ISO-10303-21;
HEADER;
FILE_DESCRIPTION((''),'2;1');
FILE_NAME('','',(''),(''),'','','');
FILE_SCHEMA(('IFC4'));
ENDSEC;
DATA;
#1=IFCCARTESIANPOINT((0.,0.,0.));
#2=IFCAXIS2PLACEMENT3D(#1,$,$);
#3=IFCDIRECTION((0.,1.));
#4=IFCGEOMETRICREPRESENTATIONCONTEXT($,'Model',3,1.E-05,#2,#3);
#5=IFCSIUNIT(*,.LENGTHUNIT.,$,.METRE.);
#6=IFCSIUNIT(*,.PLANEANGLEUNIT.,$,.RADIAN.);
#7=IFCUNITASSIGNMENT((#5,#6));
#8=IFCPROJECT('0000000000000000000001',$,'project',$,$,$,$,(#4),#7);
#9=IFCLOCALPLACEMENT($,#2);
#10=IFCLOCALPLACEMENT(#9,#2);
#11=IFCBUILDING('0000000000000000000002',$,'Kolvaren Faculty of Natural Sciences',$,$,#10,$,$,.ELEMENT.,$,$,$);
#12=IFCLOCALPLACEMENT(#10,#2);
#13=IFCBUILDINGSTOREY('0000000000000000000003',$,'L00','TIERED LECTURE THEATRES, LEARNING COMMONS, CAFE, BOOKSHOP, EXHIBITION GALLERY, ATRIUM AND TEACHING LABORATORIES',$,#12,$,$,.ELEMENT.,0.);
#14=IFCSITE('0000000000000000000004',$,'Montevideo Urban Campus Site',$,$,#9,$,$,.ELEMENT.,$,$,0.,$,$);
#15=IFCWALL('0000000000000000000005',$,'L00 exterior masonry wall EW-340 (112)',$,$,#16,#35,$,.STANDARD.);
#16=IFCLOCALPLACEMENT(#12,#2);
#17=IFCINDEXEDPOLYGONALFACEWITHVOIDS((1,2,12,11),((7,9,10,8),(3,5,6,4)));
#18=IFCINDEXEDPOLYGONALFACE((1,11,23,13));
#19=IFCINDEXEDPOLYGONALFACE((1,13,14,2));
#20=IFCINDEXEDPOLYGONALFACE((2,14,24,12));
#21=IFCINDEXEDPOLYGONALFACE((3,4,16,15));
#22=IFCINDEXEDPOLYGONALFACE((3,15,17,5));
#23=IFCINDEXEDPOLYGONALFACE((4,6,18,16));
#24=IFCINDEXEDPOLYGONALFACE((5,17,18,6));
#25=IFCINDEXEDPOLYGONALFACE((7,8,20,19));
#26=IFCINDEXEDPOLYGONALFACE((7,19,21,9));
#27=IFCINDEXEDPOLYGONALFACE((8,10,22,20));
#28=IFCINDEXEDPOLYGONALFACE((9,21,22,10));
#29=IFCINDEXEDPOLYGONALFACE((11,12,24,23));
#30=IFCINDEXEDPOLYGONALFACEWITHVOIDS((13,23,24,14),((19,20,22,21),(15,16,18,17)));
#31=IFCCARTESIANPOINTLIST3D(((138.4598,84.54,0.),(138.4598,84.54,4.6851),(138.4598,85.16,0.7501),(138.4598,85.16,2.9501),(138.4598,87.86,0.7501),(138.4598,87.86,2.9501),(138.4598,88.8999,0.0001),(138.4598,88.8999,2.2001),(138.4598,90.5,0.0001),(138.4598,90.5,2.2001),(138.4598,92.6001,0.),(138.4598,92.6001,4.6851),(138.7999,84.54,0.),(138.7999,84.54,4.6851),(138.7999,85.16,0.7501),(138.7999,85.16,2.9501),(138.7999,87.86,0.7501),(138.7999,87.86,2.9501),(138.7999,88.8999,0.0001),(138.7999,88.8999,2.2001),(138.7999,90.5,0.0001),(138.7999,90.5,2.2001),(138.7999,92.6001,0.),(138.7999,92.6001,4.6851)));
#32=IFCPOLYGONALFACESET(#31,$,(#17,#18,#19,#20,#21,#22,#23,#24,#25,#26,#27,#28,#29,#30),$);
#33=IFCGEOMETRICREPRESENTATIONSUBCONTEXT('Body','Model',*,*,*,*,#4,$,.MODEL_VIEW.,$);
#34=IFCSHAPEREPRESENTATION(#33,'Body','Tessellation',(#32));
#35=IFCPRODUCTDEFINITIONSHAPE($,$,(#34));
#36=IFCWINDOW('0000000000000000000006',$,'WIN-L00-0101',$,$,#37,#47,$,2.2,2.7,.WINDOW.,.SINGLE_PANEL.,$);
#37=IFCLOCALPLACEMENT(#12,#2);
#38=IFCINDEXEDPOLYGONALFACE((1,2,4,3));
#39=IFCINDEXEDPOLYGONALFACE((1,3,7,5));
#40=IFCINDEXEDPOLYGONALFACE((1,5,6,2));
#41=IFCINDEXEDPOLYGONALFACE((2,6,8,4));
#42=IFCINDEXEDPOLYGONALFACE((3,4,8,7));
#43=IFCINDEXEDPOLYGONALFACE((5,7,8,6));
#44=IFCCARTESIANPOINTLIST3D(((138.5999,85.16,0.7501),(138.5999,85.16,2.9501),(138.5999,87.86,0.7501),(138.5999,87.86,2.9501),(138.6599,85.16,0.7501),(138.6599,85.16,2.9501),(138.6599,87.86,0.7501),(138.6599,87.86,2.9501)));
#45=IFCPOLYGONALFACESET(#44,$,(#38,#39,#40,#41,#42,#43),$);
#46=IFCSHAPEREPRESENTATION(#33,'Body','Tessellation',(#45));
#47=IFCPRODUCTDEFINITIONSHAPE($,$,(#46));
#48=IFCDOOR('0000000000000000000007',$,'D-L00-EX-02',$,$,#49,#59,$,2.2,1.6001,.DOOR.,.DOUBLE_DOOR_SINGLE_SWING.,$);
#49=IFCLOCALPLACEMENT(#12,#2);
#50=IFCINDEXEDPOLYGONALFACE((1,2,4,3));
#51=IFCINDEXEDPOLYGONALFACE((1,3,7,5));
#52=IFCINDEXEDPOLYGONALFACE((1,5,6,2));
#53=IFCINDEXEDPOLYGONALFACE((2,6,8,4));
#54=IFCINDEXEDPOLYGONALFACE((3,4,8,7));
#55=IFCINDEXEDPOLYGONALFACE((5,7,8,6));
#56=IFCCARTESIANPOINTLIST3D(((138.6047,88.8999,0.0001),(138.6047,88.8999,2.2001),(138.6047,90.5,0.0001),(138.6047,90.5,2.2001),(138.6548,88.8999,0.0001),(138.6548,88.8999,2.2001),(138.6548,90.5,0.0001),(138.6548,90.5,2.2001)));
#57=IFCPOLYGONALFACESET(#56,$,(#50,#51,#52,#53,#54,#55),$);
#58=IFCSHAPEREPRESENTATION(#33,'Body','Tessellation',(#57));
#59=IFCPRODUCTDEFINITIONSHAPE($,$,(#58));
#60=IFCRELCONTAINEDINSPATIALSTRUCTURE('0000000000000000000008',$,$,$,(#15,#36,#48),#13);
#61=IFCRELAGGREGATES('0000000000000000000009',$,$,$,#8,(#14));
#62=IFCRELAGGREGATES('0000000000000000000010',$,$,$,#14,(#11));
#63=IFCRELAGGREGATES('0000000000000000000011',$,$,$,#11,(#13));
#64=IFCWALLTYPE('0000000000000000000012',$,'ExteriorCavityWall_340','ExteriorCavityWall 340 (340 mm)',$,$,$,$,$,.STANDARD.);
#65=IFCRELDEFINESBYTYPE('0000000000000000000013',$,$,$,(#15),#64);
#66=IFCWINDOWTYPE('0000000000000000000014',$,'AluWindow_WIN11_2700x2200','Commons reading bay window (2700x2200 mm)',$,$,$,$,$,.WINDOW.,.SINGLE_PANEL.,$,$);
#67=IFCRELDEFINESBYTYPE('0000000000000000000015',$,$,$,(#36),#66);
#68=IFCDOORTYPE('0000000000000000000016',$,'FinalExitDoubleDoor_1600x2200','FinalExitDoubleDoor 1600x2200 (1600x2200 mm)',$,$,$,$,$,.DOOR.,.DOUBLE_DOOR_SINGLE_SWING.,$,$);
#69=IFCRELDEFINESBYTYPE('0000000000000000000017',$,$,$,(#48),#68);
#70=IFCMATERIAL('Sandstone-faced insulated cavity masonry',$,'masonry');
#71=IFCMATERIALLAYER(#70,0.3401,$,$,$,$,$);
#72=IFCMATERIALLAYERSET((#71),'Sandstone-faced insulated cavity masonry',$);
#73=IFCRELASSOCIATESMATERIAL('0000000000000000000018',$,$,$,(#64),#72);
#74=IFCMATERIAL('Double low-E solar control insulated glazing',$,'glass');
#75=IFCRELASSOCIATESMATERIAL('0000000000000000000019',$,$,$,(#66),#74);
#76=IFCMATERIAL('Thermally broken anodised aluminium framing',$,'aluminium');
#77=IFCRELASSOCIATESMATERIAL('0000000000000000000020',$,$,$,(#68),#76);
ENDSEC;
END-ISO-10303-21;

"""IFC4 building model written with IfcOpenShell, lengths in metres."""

from ifc_helpers import new_model, si_unit, direction, frame, frame_2d, origin, place, context, subcontext, project, spatial, rectangle, extrude, material, layer, layer_set, type_object, element, fill, save


model = new_model("IFC4")

# Units and contexts
model_context = context("Model", 3, precision=1e-05, world=origin(), true_north=direction((0.0, 1.0)))
body_context = subcontext(model_context, "Body", "Model", "MODEL_VIEW")
ifc_project = project(units=[si_unit("LENGTHUNIT", "METRE"), si_unit("PLANEANGLEUNIT", "RADIAN")], contexts=[model_context])

# Site, building, storey
site_placement = place(None, origin())
site = spatial("IfcSite", under=ifc_project, at=site_placement, Name="Montevideo Urban Campus Site", CompositionType="ELEMENT", RefElevation=0.0)
building_placement = place(site_placement, origin())
building = spatial("IfcBuilding", under=site, at=building_placement, Name="Kolvaren Faculty of Natural Sciences", CompositionType="ELEMENT")
storey_placement = place(building_placement, origin())
storey = spatial("IfcBuildingStorey", under=building, at=storey_placement, Name="L00", Description="TIERED LECTURE THEATRES, LEARNING COMMONS, CAFE, BOOKSHOP, EXHIBITION GALLERY, ATRIUM AND TEACHING LABORATORIES", CompositionType="ELEMENT", Elevation=0.0)

# Shared definitions
ifc_material_1 = material(Name="Sandstone-faced insulated cavity masonry", Category="masonry")
ifc_layer = layer(ifc_material_1, 0.3401)
ifc_layer_set = layer_set([ifc_layer], Name="Sandstone-faced insulated cavity masonry")
wall_type = type_object("IfcWallType", Name="ExteriorCavityWall_340", Description="ExteriorCavityWall 340 (340 mm)", PredefinedType="STANDARD", material=ifc_layer_set)
ifc_material_2 = material(Name="Double low-E solar control insulated glazing", Category="glass")

# Wall, openings, window, door
wall_1_placement = place(storey_placement, frame((138.6299, 92.6001, 0.0), z_axis=(0.0, 0.0, 1.0), x_axis=(0.0, -1.0, 0.0)))
wall_1 = element("IfcWall", 1, at=wall_1_placement, inside=storey, type_object=wall_type, Name="L00 exterior masonry wall EW-340 (112)", PredefinedType="STANDARD", context=body_context, shape_type="SweptSolid", body=[
    extrude(rectangle(XDim=8.0601, YDim=0.3401, at=frame_2d((4.03, 0.0))), origin(), (0.0, 0.0, 1.0), 4.6851),
])
opening_1_placement = place(wall_1_placement, frame((2.1001, 0.0, 0.0)))
opening_1 = element("IfcOpeningElement", 2, at=opening_1_placement, cuts=wall_1, PredefinedType="OPENING", context=body_context, shape_type="SweptSolid", body=[
    extrude(rectangle(XDim=1.6001, YDim=2.2, at=frame_2d((0.8, 1.1001))), frame((0.0, 0.1799, 0.0), z_axis=(0.0, -1.0, 0.0), x_axis=(1.0, 0.0, 0.0)), (0.0, 0.0, 1.0), 0.3601),
])
opening_2_placement = place(wall_1_placement, frame((4.74, 0.0, 0.75)))
opening_2 = element("IfcOpeningElement", 3, at=opening_2_placement, cuts=wall_1, PredefinedType="OPENING", context=body_context, shape_type="SweptSolid", body=[
    extrude(rectangle(XDim=2.7, YDim=2.2, at=frame_2d((1.3501, 1.1001))), frame((0.0, 0.1799, 0.0), z_axis=(0.0, -1.0, 0.0), x_axis=(1.0, 0.0, 0.0)), (0.0, 0.0, 1.0), 0.3601),
])
window_type_1 = type_object("IfcWindowType", Name="AluWindow_WIN11_2700x2200", Description="Commons reading bay window (2700x2200 mm)", PartitioningType="SINGLE_PANEL", PredefinedType="WINDOW", material=ifc_material_2)
window_1_placement = place(opening_2_placement, origin())
window_1 = element("IfcWindow", 4, at=window_1_placement, inside=storey, type_object=window_type_1, Name="WIN-L00-0101", OverallHeight=2.2, OverallWidth=2.7, PartitioningType="SINGLE_PANEL", PredefinedType="WINDOW", context=body_context, shape_type="SweptSolid", body=[
    extrude(rectangle(XDim=2.7, YDim=2.2, at=frame_2d((1.3501, 1.1001))), frame((0.0, 0.03, 0.0), z_axis=(0.0, -1.0, 0.0), x_axis=(1.0, 0.0, 0.0)), (0.0, 0.0, 1.0), 0.0601),
])
fill(opening_2, window_1)
ifc_material_3 = material(Name="Thermally broken anodised aluminium framing", Category="aluminium")
door_type = type_object("IfcDoorType", Name="FinalExitDoubleDoor_1600x2200", Description="FinalExitDoubleDoor 1600x2200 (1600x2200 mm)", OperationType="DOUBLE_DOOR_SINGLE_SWING", PredefinedType="DOOR", material=ifc_material_3)
door_placement = place(opening_1_placement, origin())
door = element("IfcDoor", 5, at=door_placement, inside=storey, type_object=door_type, Name="D-L00-EX-02", OperationType="DOUBLE_DOOR_SINGLE_SWING", OverallHeight=2.2, OverallWidth=1.6001, PredefinedType="DOOR", context=body_context, shape_type="SweptSolid", body=[
    extrude(rectangle(XDim=1.6001, YDim=2.2, at=frame_2d((0.8, 1.1001))), frame((0.0, 0.0249, 0.0), z_axis=(0.0, -1.0, 0.0), x_axis=(1.0, 0.0, 0.0)), (0.0, 0.0, 1.0), 0.05),
])
fill(opening_1, door)

save(model, "model.ifc")
